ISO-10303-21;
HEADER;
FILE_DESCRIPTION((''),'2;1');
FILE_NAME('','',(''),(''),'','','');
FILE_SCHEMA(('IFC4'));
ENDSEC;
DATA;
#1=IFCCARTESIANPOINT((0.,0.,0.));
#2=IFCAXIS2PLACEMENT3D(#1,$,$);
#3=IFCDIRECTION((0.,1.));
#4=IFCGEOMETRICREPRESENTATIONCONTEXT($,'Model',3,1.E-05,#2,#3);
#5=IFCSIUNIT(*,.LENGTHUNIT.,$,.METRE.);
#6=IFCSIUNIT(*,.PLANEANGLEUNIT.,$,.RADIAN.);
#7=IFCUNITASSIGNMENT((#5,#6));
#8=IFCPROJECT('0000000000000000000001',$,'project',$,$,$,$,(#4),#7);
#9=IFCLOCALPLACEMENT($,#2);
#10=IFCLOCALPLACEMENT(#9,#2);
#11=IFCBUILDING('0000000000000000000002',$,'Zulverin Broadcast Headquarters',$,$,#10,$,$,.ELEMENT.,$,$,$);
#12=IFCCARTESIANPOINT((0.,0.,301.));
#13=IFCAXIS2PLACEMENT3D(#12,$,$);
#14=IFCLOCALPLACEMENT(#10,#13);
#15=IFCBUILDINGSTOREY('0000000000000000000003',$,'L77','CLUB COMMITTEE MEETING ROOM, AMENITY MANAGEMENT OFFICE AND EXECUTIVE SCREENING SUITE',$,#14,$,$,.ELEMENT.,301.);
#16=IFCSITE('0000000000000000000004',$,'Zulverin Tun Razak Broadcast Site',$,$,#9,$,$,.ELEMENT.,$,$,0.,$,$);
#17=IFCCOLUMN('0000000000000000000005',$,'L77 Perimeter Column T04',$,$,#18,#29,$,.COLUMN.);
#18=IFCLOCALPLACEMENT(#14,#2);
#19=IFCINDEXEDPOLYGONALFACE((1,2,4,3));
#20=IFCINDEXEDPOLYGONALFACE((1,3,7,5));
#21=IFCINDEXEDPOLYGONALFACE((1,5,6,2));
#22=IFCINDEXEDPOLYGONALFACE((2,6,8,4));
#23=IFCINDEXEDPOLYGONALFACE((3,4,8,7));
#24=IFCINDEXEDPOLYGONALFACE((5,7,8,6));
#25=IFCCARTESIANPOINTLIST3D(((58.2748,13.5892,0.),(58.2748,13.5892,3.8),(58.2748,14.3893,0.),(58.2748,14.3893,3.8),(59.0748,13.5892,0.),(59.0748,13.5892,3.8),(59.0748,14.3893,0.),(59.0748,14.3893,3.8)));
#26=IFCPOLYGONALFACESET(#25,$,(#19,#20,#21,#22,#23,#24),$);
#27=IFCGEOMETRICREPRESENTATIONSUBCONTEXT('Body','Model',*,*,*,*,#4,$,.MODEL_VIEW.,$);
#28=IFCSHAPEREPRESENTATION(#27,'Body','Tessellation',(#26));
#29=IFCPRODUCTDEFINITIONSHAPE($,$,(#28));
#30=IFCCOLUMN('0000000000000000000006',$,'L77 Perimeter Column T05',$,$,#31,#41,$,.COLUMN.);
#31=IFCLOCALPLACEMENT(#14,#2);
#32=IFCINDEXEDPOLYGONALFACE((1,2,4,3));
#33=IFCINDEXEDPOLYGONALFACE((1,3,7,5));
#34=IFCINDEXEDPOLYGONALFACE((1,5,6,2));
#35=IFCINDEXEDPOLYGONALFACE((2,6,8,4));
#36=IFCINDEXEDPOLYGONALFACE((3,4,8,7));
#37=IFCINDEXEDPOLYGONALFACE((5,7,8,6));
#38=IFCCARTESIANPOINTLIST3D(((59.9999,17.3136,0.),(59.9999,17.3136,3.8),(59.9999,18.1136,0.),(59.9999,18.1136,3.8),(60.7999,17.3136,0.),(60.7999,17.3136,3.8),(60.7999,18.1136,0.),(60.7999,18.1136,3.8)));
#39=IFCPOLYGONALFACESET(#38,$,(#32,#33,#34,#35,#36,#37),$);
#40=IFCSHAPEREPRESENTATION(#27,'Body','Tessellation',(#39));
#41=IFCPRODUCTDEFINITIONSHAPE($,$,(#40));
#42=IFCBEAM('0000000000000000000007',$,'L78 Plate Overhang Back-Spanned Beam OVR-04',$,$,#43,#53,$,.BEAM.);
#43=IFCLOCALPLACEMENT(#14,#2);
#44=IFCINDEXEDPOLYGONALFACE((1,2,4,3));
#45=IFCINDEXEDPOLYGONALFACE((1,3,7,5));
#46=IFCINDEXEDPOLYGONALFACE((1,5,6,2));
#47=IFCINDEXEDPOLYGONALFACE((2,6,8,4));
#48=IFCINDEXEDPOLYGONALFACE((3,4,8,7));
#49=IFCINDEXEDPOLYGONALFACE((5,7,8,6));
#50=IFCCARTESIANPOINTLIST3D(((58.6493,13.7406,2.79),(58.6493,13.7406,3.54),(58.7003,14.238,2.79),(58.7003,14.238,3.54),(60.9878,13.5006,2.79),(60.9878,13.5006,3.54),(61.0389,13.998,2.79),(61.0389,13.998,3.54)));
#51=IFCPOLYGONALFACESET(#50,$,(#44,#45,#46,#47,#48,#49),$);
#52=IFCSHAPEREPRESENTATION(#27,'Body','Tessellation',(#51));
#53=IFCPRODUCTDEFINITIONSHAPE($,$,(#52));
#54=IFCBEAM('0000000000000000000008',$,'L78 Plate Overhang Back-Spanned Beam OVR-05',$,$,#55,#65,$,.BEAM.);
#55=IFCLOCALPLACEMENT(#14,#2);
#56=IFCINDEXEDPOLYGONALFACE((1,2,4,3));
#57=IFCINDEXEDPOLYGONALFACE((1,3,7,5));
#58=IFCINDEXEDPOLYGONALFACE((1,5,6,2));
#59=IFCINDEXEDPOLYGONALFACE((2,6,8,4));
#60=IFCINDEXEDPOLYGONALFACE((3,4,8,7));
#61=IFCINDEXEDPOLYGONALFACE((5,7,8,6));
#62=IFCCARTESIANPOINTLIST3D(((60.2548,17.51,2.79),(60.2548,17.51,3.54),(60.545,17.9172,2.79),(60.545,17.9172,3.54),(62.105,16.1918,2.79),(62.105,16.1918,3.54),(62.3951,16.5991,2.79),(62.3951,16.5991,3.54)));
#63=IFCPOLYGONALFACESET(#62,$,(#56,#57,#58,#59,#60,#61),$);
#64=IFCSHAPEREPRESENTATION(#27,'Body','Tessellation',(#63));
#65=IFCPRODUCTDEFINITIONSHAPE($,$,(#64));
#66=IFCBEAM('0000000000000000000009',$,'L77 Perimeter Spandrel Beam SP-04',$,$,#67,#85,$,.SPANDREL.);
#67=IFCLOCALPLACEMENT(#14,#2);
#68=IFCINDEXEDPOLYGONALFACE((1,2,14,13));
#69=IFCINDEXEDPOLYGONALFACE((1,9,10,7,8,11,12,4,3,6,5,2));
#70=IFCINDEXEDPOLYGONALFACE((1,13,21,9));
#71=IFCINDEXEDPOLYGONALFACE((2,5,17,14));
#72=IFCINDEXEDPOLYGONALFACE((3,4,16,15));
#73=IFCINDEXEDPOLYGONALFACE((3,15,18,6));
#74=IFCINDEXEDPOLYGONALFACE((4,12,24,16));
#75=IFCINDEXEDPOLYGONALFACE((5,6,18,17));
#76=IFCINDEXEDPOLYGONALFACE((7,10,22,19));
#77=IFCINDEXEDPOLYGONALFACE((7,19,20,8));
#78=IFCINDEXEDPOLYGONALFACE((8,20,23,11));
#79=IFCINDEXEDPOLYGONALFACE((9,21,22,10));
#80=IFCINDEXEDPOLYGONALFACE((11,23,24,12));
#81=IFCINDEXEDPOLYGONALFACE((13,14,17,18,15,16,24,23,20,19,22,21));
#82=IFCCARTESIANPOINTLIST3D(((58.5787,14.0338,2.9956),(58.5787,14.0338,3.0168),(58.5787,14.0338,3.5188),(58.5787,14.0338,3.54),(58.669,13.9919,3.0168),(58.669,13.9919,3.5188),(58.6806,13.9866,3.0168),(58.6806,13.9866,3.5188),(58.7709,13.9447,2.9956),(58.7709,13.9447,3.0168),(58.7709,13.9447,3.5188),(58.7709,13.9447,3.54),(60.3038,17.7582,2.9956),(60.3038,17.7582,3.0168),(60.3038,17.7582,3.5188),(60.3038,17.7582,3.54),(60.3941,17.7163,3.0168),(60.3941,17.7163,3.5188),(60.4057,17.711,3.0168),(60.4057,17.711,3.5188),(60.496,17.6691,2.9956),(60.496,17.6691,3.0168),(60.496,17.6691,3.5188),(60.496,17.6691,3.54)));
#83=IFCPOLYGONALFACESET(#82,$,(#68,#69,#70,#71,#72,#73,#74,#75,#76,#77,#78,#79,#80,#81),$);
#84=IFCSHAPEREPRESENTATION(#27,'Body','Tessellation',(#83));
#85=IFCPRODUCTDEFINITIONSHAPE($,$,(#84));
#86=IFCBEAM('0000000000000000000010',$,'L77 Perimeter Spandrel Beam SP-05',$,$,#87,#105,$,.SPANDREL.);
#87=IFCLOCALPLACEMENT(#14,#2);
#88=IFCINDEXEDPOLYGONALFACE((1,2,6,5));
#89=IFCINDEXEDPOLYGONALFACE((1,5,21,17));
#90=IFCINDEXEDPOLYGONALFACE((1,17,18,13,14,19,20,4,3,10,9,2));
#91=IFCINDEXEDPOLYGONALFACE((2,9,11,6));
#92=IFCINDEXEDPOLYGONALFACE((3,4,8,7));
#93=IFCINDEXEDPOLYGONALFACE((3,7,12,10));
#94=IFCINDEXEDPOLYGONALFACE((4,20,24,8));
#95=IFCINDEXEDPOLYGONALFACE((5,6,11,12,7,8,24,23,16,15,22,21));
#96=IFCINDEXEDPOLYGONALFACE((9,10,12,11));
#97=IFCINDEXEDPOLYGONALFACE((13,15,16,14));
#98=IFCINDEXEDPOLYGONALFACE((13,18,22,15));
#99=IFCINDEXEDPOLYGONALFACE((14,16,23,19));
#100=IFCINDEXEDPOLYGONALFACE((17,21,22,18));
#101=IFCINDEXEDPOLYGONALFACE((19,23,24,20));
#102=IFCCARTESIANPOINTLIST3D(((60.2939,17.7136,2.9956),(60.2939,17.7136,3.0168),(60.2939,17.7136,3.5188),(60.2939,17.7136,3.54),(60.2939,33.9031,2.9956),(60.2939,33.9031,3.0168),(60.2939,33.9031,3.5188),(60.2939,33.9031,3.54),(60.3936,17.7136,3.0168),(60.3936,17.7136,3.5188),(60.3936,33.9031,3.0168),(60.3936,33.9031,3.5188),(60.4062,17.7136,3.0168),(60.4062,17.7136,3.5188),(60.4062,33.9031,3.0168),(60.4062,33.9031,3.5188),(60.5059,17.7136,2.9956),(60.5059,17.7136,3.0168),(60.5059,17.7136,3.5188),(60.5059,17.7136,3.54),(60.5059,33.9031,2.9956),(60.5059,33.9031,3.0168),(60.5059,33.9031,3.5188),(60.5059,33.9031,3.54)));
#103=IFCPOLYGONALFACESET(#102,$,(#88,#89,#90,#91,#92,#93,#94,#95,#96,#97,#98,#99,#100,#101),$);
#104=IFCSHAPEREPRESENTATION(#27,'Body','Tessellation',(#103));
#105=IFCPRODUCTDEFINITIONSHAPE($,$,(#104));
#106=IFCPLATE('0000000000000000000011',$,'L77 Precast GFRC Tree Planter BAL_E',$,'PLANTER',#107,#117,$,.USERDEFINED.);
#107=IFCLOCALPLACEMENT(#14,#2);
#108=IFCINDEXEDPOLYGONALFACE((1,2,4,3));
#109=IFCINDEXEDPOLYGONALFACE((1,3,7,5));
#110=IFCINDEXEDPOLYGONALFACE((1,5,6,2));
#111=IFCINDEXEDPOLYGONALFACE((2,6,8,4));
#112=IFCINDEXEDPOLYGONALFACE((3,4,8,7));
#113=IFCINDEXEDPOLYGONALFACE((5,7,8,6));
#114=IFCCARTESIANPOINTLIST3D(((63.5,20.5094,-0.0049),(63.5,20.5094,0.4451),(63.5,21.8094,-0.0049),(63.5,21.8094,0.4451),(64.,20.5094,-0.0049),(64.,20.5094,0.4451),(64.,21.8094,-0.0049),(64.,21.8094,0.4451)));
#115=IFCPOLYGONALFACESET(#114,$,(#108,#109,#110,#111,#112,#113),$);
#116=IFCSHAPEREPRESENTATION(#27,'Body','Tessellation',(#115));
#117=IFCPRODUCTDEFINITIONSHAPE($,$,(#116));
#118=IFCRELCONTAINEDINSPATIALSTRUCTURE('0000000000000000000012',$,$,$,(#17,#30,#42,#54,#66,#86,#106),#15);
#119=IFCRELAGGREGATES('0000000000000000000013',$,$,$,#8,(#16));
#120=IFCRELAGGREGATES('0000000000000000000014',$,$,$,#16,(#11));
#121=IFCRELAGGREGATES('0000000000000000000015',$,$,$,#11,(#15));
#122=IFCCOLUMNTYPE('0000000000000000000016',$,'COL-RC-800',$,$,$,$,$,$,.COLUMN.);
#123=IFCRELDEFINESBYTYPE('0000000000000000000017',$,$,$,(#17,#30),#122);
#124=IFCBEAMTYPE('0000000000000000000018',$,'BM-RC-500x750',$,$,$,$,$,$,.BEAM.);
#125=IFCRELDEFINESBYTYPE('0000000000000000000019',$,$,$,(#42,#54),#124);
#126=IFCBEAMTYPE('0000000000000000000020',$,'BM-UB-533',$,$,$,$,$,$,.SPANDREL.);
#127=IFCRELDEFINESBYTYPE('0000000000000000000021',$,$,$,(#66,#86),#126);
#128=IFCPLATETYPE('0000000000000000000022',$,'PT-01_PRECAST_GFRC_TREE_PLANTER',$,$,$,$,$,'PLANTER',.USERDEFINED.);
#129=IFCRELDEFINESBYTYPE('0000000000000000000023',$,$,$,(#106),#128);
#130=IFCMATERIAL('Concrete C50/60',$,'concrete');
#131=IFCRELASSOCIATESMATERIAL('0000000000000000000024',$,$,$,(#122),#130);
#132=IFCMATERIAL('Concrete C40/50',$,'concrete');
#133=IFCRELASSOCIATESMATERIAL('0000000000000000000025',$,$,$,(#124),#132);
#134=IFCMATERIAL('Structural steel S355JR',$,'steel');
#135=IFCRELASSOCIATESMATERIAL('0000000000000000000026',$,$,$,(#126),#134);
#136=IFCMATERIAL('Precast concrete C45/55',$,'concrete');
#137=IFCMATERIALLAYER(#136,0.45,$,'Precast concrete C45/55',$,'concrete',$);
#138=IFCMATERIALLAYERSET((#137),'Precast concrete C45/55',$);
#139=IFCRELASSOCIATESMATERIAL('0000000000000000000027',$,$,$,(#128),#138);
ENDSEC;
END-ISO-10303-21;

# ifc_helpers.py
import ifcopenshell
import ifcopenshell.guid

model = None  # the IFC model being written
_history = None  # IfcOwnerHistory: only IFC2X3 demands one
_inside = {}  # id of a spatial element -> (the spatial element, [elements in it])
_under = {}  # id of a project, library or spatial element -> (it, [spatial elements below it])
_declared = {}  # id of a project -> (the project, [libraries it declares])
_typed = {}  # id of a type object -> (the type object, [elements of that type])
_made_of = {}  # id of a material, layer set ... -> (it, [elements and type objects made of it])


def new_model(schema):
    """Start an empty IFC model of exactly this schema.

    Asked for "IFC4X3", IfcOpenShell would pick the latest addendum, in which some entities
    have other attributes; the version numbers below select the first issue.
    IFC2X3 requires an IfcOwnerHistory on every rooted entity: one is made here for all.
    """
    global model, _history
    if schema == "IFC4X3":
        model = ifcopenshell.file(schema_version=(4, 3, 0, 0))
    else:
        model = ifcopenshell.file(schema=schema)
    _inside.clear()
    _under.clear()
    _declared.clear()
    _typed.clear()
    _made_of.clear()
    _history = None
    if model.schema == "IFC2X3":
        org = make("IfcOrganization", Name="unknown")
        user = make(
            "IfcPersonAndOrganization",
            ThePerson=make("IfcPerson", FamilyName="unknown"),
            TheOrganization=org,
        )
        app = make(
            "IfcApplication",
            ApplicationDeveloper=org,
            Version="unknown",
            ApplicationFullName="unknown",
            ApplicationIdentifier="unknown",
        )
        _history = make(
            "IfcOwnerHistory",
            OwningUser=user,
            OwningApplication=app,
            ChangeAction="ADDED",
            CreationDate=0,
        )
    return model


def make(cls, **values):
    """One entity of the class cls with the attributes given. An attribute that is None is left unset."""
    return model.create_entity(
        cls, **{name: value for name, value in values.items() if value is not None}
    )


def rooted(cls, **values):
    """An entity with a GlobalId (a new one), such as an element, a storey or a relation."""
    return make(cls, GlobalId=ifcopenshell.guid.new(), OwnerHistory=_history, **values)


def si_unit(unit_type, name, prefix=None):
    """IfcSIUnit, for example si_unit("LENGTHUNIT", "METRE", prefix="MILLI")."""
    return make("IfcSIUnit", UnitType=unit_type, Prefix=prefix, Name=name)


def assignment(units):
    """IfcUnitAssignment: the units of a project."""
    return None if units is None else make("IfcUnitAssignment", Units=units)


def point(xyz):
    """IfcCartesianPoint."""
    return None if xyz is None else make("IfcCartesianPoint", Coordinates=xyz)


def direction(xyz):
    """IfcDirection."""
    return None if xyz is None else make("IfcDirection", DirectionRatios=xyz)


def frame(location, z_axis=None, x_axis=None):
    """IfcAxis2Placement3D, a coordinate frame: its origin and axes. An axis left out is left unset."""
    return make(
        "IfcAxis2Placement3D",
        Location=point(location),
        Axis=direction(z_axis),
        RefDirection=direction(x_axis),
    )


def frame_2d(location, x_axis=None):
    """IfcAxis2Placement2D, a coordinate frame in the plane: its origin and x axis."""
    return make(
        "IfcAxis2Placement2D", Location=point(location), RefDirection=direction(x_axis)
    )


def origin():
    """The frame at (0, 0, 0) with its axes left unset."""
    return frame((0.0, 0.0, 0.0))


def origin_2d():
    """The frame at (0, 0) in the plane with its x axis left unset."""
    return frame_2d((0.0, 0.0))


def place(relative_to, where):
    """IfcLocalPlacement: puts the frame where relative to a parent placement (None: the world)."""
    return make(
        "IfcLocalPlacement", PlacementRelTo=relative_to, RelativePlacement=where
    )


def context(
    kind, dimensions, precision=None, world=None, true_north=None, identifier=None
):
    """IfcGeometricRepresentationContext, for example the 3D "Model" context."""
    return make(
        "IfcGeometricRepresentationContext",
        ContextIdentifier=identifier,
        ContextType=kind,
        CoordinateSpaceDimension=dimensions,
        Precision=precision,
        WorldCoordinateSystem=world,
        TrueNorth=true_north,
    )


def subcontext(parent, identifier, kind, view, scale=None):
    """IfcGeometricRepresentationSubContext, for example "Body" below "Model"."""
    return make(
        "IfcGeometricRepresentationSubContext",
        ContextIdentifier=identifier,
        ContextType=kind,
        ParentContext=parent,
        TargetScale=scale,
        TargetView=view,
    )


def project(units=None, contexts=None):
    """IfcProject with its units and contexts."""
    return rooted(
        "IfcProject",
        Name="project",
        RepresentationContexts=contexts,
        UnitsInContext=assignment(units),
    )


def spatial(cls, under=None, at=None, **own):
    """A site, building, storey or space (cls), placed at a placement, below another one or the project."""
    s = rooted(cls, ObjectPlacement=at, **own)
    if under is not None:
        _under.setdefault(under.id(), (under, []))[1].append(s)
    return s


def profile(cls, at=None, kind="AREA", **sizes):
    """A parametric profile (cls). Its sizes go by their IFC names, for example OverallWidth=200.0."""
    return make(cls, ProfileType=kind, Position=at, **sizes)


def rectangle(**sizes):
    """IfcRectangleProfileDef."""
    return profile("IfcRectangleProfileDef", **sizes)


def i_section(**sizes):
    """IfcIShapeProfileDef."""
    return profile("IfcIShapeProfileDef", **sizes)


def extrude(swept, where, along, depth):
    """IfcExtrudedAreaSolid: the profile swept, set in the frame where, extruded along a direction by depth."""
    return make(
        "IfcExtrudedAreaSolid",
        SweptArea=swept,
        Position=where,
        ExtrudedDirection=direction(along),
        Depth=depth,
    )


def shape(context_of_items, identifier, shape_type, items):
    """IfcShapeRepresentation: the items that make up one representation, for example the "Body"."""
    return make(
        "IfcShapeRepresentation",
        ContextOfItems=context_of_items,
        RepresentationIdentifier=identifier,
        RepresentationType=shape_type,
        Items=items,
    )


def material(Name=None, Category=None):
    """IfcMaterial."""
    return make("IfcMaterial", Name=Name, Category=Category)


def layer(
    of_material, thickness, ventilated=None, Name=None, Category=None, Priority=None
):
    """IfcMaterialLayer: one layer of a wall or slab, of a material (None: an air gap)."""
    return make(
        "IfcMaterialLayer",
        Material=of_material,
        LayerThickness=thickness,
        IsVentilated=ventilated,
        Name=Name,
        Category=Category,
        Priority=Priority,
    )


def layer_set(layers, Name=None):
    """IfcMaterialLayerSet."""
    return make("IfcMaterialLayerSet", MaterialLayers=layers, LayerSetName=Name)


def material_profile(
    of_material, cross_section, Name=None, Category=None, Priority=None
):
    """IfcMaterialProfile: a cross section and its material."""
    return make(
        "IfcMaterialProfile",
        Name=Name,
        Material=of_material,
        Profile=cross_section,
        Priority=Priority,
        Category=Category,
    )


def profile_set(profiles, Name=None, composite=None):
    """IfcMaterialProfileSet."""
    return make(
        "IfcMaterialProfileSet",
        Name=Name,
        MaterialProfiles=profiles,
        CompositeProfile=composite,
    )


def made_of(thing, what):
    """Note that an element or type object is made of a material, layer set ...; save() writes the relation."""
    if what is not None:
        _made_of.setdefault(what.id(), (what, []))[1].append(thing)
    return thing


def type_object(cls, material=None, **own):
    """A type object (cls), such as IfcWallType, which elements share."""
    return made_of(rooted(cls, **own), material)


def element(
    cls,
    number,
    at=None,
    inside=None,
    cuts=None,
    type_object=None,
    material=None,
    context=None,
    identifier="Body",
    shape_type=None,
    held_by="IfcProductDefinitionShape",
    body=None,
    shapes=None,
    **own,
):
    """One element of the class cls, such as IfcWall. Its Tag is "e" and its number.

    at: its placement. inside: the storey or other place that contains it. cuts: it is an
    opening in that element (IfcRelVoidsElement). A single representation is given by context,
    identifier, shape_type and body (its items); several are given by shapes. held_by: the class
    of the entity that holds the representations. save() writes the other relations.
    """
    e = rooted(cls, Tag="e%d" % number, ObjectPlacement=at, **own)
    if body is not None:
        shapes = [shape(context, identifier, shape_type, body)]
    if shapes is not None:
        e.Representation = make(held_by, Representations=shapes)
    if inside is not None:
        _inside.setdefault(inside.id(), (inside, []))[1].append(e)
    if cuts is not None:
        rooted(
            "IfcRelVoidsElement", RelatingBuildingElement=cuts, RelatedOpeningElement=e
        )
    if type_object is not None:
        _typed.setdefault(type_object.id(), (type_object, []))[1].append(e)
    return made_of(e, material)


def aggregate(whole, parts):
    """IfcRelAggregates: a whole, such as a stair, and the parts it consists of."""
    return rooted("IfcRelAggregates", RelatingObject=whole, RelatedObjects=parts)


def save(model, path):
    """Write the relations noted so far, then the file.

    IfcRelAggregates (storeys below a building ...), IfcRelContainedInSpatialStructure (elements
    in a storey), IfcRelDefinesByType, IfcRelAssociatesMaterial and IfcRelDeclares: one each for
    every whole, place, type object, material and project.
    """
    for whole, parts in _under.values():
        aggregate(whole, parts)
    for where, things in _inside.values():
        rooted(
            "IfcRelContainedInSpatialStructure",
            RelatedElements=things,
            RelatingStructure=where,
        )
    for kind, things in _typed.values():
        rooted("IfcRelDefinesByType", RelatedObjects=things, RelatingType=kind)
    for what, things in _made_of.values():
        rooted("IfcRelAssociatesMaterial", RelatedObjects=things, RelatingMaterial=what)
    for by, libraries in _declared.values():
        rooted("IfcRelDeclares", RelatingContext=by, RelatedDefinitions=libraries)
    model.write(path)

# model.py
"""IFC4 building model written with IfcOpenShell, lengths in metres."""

from ifc_helpers import new_model, si_unit, direction, frame, origin, origin_2d, place, context, subcontext, project, spatial, rectangle, i_section, extrude, material, layer, layer_set, material_profile, profile_set, type_object, element, save


model = new_model("IFC4")

# Units and contexts
model_context = context("Model", 3, precision=1e-05, world=origin(), true_north=direction((0.0, 1.0)))
body_context = subcontext(model_context, "Body", "Model", "MODEL_VIEW")
ifc_project = project(units=[si_unit("LENGTHUNIT", "METRE"), si_unit("PLANEANGLEUNIT", "RADIAN")], contexts=[model_context])

# Site, building, storey
site_placement = place(None, origin())
site = spatial("IfcSite", under=ifc_project, at=site_placement, Name="Zulverin Tun Razak Broadcast Site", CompositionType="ELEMENT", RefElevation=0.0)
building_placement = place(site_placement, origin())
building = spatial("IfcBuilding", under=site, at=building_placement, Name="Zulverin Broadcast Headquarters", CompositionType="ELEMENT")
storey_placement = place(building_placement, frame((0.0, 0.0, 301.0)))
storey = spatial("IfcBuildingStorey", under=building, at=storey_placement, Name="L77", Description="CLUB COMMITTEE MEETING ROOM, AMENITY MANAGEMENT OFFICE AND EXECUTIVE SCREENING SUITE", CompositionType="ELEMENT", Elevation=301.0)

# Columns
ifc_material_1 = material(Name="Concrete C50/60", Category="concrete")
ifc_material_profile_1 = material_profile(ifc_material_1, rectangle(XDim=0.8, YDim=0.8, at=origin_2d()), Name="Concrete C50/60", Category="concrete")
ifc_profile_set_1 = profile_set([ifc_material_profile_1], Name="Concrete C50/60")
column_type = type_object("IfcColumnType", Name="COL-RC-800", PredefinedType="COLUMN", material=ifc_profile_set_1)
for number, where, z_axis, x_axis, name in (
    (1, (58.6748, 13.9893, 0.0), (0.0, 0.0, 1.0), (1.0, 0.0, 0.0), "L77 Perimeter Column T04"),
    (2, (60.3999, 17.7136, 0.0), (0.0, 0.0, 1.0), (1.0, 0.0, 0.0), "L77 Perimeter Column T05"),
):
    element("IfcColumn", number, at=place(storey_placement, frame(where, z_axis=z_axis, x_axis=x_axis)), inside=storey, type_object=column_type, Name=name, PredefinedType="COLUMN", context=body_context, shape_type="SweptSolid", body=[
        extrude(rectangle(XDim=0.8, YDim=0.8, at=origin_2d()), origin(), (0.0, 0.0, 1.0), 3.8),
    ])

# Beams
ifc_material_2 = material(Name="Concrete C40/50", Category="concrete")
ifc_material_profile_2 = material_profile(ifc_material_2, rectangle(XDim=0.5, YDim=0.75, at=origin_2d()), Name="Concrete C40/50", Category="concrete")
ifc_profile_set_2 = profile_set([ifc_material_profile_2], Name="Concrete C40/50")
beam_type_1 = type_object("IfcBeamType", Name="BM-RC-500x750", PredefinedType="BEAM", material=ifc_profile_set_2)
beam_1_placement = place(storey_placement, frame((58.6748, 13.9893, 3.165), z_axis=(0.994776, -0.102084, 0.0), x_axis=(0.102084, 0.994776, 0.0)))
element("IfcBeam", 3, at=beam_1_placement, inside=storey, type_object=beam_type_1, Name="L78 Plate Overhang Back-Spanned Beam OVR-04", PredefinedType="BEAM", context=body_context, shape_type="SweptSolid", body=[
    extrude(rectangle(XDim=0.5, YDim=0.75, at=origin_2d()), origin(), (0.0, 0.0, 1.0), 2.3508),
])
beam_2_placement = place(storey_placement, frame((60.3999, 17.7136, 3.165), z_axis=(0.814437, -0.580252, 0.0), x_axis=(0.580252, 0.814437, 0.0)))
element("IfcBeam", 4, at=beam_2_placement, inside=storey, type_object=beam_type_1, Name="L78 Plate Overhang Back-Spanned Beam OVR-05", PredefinedType="BEAM", context=body_context, shape_type="SweptSolid", body=[
    extrude(rectangle(XDim=0.5, YDim=0.75, at=origin_2d()), origin(), (0.0, 0.0, 1.0), 2.2717),
])
ifc_material_3 = material(Name="Structural steel S355JR", Category="steel")
ifc_material_profile_3 = material_profile(ifc_material_3, i_section(OverallWidth=0.2119, OverallDepth=0.5444, WebThickness=0.0127, FlangeThickness=0.0212, at=origin_2d()), Name="Structural steel S355JR", Category="steel")
ifc_profile_set_3 = profile_set([ifc_material_profile_3], Name="Structural steel S355JR")
beam_type_2 = type_object("IfcBeamType", Name="BM-UB-533", PredefinedType="SPANDREL", material=ifc_profile_set_3)
beam_3_placement = place(storey_placement, frame((58.6748, 13.9893, 3.2678), z_axis=(0.420295, 0.907388, 0.0), x_axis=(-0.907388, 0.420295, 0.0)))
element("IfcBeam", 5, at=beam_3_placement, inside=storey, type_object=beam_type_2, Name="L77 Perimeter Spandrel Beam SP-04", PredefinedType="SPANDREL", context=body_context, shape_type="SweptSolid", body=[
    extrude(i_section(OverallWidth=0.2119, OverallDepth=0.5444, WebThickness=0.0127, FlangeThickness=0.0212, at=origin_2d()), origin(), (0.0, 0.0, 1.0), 4.1045),
])
beam_4_placement = place(storey_placement, frame((60.3999, 17.7136, 3.2678), z_axis=(0.0, 1.0, 0.0), x_axis=(-1.0, 0.0, 0.0)))
element("IfcBeam", 6, at=beam_4_placement, inside=storey, type_object=beam_type_2, Name="L77 Perimeter Spandrel Beam SP-05", PredefinedType="SPANDREL", context=body_context, shape_type="SweptSolid", body=[
    extrude(i_section(OverallWidth=0.2119, OverallDepth=0.5444, WebThickness=0.0127, FlangeThickness=0.0212, at=origin_2d()), origin(), (0.0, 0.0, 1.0), 16.1895),
])

# Plate
ifc_material_4 = material(Name="Precast concrete C45/55", Category="concrete")
ifc_layer_1 = layer(ifc_material_4, 0.45, Name="Precast concrete C45/55", Category="concrete")
ifc_layer_set_1 = layer_set([ifc_layer_1], Name="Precast concrete C45/55")
plate_type = type_object("IfcPlateType", Name="PT-01_PRECAST_GFRC_TREE_PLANTER", ElementType="PLANTER", PredefinedType="USERDEFINED", material=ifc_layer_set_1)
plate_placement = place(storey_placement, frame((63.75, 21.1594, -0.0049), z_axis=(0.0, 0.0, 1.0), x_axis=(0.0, 1.0, 0.0)))
element("IfcPlate", 7, at=plate_placement, inside=storey, type_object=plate_type, Name="L77 Precast GFRC Tree Planter BAL_E", ObjectType="PLANTER", PredefinedType="USERDEFINED", context=body_context, shape_type="SweptSolid", body=[
    extrude(rectangle(XDim=1.3, YDim=0.5, at=origin_2d()), origin(), (0.0, 0.0, 1.0), 0.45),
])

save(model, "model.ifc")
